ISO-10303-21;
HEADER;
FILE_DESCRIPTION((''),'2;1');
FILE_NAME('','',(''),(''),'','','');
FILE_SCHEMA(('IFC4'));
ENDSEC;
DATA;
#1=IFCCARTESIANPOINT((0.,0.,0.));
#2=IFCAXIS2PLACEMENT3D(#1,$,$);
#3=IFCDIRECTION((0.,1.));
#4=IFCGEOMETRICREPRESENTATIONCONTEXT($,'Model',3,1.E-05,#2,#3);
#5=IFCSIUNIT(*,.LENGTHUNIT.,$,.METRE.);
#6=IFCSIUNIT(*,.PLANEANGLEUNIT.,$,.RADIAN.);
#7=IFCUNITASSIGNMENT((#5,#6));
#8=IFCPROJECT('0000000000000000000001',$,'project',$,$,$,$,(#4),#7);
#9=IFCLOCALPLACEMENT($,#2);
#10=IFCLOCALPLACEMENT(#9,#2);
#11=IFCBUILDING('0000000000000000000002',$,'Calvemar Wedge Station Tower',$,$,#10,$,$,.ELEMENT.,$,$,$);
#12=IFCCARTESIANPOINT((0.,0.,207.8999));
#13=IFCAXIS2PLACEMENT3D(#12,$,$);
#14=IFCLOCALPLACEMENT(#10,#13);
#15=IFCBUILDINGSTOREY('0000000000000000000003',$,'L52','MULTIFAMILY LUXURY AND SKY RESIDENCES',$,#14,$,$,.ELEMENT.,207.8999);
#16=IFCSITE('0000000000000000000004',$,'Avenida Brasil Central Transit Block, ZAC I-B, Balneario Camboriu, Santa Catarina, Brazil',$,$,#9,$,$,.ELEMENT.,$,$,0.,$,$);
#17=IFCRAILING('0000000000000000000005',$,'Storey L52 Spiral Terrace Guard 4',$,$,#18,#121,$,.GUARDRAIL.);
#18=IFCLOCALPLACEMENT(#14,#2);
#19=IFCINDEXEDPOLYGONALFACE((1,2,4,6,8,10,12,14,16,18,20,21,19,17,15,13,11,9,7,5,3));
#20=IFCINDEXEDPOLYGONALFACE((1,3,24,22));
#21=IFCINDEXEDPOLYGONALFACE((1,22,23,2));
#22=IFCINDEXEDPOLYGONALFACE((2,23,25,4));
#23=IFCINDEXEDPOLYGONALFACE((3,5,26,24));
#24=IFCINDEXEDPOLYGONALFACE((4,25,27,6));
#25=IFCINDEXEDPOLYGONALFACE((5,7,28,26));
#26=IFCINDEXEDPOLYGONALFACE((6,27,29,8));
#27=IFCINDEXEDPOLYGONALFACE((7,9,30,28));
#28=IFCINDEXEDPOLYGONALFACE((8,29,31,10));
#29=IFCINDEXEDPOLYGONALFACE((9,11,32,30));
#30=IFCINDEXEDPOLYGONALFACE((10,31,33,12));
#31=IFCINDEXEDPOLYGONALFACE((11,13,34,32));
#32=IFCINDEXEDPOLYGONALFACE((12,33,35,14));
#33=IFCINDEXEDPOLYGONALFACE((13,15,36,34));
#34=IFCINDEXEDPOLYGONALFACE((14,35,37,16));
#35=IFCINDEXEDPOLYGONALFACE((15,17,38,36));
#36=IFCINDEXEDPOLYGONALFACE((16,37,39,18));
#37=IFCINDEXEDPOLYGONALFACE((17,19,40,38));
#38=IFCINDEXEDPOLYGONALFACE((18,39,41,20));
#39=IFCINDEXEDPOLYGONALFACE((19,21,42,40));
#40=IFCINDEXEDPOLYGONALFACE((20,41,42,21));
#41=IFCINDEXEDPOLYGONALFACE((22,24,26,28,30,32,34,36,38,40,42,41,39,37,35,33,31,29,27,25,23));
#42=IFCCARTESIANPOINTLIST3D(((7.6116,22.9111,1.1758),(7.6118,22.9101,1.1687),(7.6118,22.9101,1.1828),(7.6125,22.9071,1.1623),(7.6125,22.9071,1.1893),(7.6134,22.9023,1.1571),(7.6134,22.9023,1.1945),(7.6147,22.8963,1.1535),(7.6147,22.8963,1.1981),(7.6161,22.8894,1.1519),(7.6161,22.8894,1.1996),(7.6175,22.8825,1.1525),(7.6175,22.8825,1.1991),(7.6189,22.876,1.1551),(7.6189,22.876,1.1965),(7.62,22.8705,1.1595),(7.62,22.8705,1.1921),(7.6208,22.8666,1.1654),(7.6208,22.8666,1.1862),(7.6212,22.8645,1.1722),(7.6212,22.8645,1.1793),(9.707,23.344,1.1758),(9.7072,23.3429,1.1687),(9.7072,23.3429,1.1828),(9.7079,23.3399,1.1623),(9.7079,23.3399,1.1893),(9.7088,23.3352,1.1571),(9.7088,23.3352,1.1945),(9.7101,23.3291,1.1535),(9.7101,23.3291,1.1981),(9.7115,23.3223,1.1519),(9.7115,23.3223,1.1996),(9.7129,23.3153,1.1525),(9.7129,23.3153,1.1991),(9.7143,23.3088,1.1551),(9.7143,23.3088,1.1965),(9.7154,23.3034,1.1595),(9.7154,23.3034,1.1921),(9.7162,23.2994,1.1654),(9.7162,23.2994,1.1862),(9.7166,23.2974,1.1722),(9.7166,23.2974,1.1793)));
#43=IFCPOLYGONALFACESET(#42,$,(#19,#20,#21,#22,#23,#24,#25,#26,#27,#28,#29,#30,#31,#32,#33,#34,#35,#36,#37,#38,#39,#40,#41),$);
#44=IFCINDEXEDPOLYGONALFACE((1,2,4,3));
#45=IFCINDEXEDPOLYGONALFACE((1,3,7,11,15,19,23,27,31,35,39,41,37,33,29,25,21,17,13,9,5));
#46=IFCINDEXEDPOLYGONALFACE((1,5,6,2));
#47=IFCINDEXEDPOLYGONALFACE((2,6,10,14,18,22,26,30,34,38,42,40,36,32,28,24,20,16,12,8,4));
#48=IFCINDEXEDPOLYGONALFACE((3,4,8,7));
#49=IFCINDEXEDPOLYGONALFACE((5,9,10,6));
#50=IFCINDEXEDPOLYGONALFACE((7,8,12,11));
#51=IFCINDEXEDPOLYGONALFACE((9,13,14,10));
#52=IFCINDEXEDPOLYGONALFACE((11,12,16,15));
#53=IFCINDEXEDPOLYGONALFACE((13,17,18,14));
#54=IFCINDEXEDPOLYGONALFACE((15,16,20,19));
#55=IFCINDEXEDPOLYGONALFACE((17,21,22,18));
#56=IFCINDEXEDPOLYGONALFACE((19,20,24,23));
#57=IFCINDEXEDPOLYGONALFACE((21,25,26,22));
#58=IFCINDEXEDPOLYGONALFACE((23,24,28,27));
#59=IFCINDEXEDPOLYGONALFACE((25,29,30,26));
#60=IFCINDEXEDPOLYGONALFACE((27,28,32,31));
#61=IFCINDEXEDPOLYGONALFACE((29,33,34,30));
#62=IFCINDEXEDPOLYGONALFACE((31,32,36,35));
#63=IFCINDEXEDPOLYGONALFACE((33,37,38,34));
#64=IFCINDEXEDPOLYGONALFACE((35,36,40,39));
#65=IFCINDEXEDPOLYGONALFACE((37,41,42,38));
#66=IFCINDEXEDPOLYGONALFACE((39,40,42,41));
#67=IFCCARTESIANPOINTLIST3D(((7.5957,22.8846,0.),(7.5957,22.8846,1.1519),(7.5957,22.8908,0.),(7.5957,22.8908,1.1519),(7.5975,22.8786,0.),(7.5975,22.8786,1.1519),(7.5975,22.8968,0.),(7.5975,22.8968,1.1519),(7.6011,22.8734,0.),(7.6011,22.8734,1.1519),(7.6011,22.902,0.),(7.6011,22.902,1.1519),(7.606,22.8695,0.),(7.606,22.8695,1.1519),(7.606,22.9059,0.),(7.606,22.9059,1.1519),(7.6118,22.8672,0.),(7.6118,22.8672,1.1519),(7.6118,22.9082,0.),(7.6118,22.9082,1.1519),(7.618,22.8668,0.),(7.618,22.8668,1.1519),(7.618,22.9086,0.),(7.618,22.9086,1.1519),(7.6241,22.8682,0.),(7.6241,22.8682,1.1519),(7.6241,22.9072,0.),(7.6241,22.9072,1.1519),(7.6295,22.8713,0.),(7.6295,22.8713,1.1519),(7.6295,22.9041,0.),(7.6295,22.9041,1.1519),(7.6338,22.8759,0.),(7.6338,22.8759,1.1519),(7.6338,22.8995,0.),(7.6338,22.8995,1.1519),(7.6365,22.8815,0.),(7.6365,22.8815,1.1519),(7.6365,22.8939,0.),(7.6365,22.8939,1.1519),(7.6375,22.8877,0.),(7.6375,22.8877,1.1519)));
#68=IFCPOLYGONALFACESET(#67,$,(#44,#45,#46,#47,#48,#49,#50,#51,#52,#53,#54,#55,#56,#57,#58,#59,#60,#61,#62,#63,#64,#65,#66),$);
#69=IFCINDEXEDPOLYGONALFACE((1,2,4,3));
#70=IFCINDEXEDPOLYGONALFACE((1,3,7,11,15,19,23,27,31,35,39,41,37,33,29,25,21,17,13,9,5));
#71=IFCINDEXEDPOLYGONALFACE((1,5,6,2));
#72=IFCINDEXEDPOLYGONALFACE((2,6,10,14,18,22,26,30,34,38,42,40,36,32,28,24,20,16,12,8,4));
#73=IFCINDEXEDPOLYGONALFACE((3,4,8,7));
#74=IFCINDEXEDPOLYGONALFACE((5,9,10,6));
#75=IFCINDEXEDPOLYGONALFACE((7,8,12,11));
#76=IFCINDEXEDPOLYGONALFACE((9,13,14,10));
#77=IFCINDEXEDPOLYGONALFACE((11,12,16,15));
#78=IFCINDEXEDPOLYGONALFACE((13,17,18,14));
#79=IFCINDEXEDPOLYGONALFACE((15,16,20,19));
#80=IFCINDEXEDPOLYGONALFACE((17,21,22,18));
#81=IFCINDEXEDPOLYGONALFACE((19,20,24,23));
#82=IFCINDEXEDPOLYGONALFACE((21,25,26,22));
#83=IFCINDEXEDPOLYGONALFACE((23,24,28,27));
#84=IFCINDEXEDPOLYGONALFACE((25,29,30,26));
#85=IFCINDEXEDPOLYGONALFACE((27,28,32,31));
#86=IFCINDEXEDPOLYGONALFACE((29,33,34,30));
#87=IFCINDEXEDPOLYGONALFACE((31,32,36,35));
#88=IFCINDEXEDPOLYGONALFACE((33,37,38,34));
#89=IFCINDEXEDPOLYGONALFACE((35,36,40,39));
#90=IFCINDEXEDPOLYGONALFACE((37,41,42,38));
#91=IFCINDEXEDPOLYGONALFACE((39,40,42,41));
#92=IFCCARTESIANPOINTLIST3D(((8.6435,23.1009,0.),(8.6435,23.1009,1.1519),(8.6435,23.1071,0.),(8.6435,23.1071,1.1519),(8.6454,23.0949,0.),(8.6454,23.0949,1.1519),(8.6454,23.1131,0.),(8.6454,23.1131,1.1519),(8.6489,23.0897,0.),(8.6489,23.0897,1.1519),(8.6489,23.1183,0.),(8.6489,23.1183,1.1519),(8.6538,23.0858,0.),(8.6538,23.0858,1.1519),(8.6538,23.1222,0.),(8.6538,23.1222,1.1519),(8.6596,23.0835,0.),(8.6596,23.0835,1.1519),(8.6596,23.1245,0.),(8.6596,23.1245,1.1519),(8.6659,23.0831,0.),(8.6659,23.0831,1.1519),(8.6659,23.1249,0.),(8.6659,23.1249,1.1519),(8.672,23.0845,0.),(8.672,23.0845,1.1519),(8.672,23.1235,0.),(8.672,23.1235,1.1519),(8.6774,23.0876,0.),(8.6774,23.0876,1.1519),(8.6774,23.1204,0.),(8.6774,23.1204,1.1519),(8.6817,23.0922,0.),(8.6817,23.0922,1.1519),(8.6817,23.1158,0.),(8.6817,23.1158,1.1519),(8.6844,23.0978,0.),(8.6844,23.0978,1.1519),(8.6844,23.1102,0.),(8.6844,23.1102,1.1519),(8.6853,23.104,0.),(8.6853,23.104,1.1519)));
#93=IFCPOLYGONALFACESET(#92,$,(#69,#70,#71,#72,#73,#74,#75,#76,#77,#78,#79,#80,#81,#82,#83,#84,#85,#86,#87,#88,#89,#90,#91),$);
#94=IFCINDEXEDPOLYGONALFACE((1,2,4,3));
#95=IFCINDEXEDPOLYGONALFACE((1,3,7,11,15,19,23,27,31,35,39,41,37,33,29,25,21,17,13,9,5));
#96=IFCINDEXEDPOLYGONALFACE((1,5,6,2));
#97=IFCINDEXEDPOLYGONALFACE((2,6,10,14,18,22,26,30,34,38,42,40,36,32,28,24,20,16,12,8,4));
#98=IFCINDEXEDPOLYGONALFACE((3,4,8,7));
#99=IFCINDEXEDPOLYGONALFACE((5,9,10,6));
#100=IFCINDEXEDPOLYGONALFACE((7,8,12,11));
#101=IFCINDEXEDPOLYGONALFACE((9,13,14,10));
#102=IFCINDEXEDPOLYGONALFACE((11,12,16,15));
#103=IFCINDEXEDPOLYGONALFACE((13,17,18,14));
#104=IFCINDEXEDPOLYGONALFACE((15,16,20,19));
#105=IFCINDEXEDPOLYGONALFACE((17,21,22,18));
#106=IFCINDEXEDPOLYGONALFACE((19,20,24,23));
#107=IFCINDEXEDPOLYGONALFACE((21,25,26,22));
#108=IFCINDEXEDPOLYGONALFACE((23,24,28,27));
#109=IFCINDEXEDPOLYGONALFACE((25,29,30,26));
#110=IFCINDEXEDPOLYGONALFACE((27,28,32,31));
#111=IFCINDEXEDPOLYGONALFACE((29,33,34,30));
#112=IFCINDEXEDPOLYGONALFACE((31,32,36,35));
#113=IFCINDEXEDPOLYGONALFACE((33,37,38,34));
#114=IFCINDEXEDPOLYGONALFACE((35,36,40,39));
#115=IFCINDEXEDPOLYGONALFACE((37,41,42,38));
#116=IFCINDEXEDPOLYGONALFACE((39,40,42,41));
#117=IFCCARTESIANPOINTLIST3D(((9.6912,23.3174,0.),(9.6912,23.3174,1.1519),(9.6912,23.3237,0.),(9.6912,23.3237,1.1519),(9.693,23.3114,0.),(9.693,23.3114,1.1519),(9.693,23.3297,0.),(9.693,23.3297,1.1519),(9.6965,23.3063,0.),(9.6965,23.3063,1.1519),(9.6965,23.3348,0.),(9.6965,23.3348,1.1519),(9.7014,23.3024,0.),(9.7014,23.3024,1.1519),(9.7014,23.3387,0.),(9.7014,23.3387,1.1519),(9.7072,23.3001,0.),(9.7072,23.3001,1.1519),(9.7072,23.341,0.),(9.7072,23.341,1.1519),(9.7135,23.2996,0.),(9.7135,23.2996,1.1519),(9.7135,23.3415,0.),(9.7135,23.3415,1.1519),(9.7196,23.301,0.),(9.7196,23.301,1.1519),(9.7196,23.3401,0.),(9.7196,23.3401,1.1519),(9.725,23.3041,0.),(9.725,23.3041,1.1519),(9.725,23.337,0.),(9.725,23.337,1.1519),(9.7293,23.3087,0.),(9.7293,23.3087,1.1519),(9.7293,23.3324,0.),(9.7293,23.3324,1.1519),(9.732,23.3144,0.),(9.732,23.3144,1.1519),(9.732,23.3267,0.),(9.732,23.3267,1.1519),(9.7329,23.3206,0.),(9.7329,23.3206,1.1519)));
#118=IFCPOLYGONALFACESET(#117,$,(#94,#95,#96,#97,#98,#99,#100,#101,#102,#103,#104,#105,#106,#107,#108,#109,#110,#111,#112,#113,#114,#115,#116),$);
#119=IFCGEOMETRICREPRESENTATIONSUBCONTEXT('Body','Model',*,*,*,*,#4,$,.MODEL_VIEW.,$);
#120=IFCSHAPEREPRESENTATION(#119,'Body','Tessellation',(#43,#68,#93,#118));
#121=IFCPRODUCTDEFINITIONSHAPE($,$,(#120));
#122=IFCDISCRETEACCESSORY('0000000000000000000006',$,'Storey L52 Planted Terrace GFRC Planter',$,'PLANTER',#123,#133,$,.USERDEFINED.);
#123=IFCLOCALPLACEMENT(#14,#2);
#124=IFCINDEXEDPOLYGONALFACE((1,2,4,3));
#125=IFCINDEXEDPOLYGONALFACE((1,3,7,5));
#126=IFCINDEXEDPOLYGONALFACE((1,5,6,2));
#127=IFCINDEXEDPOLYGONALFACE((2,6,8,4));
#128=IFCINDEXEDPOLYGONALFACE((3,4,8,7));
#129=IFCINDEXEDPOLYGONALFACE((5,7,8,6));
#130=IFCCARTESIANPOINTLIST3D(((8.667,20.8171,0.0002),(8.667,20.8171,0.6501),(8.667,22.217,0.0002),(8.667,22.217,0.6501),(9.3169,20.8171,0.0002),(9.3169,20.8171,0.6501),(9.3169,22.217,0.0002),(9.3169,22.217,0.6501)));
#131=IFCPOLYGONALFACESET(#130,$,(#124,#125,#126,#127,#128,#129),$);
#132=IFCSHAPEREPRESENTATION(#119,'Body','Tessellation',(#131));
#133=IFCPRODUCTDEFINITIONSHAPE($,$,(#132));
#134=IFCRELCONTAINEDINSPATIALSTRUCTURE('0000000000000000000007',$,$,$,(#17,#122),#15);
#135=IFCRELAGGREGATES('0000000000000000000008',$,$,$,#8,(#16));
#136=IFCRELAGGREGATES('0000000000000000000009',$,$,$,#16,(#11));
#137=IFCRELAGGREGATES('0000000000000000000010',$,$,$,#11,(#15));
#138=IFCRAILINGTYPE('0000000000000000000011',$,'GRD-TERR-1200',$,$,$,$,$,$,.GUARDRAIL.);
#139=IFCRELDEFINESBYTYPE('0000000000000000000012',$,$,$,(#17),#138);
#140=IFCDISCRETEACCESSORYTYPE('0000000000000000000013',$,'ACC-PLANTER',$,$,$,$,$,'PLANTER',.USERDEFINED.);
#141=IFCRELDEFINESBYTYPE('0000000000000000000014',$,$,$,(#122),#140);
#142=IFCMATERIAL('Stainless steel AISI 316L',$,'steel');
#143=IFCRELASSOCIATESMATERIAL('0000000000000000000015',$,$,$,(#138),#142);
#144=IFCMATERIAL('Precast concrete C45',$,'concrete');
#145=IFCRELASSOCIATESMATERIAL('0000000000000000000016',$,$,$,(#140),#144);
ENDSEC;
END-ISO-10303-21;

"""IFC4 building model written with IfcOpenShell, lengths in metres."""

from ifc_helpers import new_model, si_unit, direction, frame, origin, origin_2d, place, context, subcontext, project, spatial, rectangle, circle, extrude, source, transform, mapped, material, type_object, element, save


model = new_model("IFC4")

# Units and contexts
model_context = context("Model", 3, precision=1e-05, world=origin(), true_north=direction((0.0, 1.0)))
body_context = subcontext(model_context, "Body", "Model", "MODEL_VIEW")
ifc_project = project(units=[si_unit("LENGTHUNIT", "METRE"), si_unit("PLANEANGLEUNIT", "RADIAN")], contexts=[model_context])

# Site, building, storey
site_placement = place(None, origin())
site = spatial("IfcSite", under=ifc_project, at=site_placement, Name="Avenida Brasil Central Transit Block, ZAC I-B, Balneario Camboriu, Santa Catarina, Brazil", CompositionType="ELEMENT", RefElevation=0.0)
building_placement = place(site_placement, origin())
building = spatial("IfcBuilding", under=site, at=building_placement, Name="Calvemar Wedge Station Tower", CompositionType="ELEMENT")
storey_placement = place(building_placement, frame((0.0, 0.0, 207.8999)))
storey = spatial("IfcBuildingStorey", under=building, at=storey_placement, Name="L52", Description="MULTIFAMILY LUXURY AND SKY RESIDENCES", CompositionType="ELEMENT", Elevation=207.8999)

# Shared definitions
ifc_material_1 = material(Name="Precast concrete C45", Category="concrete")

# Railing
ifc_material_2 = material(Name="Stainless steel AISI 316L", Category="steel")
railing_type = type_object("IfcRailingType", Name="GRD-TERR-1200", PredefinedType="GUARDRAIL", material=ifc_material_2)
railing_1_placement = place(storey_placement, frame((7.6165, 22.8877, 0.0)))
element("IfcRailing", 1, at=railing_1_placement, inside=storey, type_object=railing_type, Name="Storey L52 Spiral Terrace Guard 4", PredefinedType="GUARDRAIL", context=body_context, shape_type="SweptSolid", body=[
    extrude(circle(Radius=0.0239, at=origin_2d()), frame((0.0, 0.0, 1.1758), z_axis=(0.979324, 0.2023, 0.0), x_axis=(-0.2023, 0.979324, 0.0)), (0.0, 0.0, 1.0), 2.1396),
    extrude(circle(Radius=0.021, at=origin_2d()), origin(), (0.0, 0.0, 1.0), 1.1519),
    extrude(circle(Radius=0.021, at=origin_2d()), frame((1.0479, 0.2163, 0.0)), (0.0, 0.0, 1.0), 1.1519),
    extrude(circle(Radius=0.021, at=origin_2d()), frame((2.0955, 0.4329, 0.0)), (0.0, 0.0, 1.0), 1.1519),
])

# Discrete accessory
discrete_accessory_type = type_object("IfcDiscreteAccessoryType", Name="ACC-PLANTER", ElementType="PLANTER", PredefinedType="USERDEFINED", material=ifc_material_1)
shared_shape_1 = source(origin(), body_context, "Body", "SweptSolid", [
    extrude(rectangle(XDim=0.6499, YDim=1.3999, at=origin_2d()), origin(), (0.0, 0.0, 1.0), 0.6499),
])
discrete_accessory_placement = place(storey_placement, frame((8.9919, 21.5171, 0.0002), z_axis=(0.0, 0.0, 1.0), x_axis=(1.0, 0.0, 0.0)))
element("IfcDiscreteAccessory", 2, at=discrete_accessory_placement, inside=storey, type_object=discrete_accessory_type, Name="Storey L52 Planted Terrace GFRC Planter", ObjectType="PLANTER", PredefinedType="USERDEFINED", context=body_context, shape_type="MappedRepresentation", body=[
    mapped(shared_shape_1, transform((0.0, 0.0, 0.0), scale=1.0)),
])

save(model, "model.ifc")
